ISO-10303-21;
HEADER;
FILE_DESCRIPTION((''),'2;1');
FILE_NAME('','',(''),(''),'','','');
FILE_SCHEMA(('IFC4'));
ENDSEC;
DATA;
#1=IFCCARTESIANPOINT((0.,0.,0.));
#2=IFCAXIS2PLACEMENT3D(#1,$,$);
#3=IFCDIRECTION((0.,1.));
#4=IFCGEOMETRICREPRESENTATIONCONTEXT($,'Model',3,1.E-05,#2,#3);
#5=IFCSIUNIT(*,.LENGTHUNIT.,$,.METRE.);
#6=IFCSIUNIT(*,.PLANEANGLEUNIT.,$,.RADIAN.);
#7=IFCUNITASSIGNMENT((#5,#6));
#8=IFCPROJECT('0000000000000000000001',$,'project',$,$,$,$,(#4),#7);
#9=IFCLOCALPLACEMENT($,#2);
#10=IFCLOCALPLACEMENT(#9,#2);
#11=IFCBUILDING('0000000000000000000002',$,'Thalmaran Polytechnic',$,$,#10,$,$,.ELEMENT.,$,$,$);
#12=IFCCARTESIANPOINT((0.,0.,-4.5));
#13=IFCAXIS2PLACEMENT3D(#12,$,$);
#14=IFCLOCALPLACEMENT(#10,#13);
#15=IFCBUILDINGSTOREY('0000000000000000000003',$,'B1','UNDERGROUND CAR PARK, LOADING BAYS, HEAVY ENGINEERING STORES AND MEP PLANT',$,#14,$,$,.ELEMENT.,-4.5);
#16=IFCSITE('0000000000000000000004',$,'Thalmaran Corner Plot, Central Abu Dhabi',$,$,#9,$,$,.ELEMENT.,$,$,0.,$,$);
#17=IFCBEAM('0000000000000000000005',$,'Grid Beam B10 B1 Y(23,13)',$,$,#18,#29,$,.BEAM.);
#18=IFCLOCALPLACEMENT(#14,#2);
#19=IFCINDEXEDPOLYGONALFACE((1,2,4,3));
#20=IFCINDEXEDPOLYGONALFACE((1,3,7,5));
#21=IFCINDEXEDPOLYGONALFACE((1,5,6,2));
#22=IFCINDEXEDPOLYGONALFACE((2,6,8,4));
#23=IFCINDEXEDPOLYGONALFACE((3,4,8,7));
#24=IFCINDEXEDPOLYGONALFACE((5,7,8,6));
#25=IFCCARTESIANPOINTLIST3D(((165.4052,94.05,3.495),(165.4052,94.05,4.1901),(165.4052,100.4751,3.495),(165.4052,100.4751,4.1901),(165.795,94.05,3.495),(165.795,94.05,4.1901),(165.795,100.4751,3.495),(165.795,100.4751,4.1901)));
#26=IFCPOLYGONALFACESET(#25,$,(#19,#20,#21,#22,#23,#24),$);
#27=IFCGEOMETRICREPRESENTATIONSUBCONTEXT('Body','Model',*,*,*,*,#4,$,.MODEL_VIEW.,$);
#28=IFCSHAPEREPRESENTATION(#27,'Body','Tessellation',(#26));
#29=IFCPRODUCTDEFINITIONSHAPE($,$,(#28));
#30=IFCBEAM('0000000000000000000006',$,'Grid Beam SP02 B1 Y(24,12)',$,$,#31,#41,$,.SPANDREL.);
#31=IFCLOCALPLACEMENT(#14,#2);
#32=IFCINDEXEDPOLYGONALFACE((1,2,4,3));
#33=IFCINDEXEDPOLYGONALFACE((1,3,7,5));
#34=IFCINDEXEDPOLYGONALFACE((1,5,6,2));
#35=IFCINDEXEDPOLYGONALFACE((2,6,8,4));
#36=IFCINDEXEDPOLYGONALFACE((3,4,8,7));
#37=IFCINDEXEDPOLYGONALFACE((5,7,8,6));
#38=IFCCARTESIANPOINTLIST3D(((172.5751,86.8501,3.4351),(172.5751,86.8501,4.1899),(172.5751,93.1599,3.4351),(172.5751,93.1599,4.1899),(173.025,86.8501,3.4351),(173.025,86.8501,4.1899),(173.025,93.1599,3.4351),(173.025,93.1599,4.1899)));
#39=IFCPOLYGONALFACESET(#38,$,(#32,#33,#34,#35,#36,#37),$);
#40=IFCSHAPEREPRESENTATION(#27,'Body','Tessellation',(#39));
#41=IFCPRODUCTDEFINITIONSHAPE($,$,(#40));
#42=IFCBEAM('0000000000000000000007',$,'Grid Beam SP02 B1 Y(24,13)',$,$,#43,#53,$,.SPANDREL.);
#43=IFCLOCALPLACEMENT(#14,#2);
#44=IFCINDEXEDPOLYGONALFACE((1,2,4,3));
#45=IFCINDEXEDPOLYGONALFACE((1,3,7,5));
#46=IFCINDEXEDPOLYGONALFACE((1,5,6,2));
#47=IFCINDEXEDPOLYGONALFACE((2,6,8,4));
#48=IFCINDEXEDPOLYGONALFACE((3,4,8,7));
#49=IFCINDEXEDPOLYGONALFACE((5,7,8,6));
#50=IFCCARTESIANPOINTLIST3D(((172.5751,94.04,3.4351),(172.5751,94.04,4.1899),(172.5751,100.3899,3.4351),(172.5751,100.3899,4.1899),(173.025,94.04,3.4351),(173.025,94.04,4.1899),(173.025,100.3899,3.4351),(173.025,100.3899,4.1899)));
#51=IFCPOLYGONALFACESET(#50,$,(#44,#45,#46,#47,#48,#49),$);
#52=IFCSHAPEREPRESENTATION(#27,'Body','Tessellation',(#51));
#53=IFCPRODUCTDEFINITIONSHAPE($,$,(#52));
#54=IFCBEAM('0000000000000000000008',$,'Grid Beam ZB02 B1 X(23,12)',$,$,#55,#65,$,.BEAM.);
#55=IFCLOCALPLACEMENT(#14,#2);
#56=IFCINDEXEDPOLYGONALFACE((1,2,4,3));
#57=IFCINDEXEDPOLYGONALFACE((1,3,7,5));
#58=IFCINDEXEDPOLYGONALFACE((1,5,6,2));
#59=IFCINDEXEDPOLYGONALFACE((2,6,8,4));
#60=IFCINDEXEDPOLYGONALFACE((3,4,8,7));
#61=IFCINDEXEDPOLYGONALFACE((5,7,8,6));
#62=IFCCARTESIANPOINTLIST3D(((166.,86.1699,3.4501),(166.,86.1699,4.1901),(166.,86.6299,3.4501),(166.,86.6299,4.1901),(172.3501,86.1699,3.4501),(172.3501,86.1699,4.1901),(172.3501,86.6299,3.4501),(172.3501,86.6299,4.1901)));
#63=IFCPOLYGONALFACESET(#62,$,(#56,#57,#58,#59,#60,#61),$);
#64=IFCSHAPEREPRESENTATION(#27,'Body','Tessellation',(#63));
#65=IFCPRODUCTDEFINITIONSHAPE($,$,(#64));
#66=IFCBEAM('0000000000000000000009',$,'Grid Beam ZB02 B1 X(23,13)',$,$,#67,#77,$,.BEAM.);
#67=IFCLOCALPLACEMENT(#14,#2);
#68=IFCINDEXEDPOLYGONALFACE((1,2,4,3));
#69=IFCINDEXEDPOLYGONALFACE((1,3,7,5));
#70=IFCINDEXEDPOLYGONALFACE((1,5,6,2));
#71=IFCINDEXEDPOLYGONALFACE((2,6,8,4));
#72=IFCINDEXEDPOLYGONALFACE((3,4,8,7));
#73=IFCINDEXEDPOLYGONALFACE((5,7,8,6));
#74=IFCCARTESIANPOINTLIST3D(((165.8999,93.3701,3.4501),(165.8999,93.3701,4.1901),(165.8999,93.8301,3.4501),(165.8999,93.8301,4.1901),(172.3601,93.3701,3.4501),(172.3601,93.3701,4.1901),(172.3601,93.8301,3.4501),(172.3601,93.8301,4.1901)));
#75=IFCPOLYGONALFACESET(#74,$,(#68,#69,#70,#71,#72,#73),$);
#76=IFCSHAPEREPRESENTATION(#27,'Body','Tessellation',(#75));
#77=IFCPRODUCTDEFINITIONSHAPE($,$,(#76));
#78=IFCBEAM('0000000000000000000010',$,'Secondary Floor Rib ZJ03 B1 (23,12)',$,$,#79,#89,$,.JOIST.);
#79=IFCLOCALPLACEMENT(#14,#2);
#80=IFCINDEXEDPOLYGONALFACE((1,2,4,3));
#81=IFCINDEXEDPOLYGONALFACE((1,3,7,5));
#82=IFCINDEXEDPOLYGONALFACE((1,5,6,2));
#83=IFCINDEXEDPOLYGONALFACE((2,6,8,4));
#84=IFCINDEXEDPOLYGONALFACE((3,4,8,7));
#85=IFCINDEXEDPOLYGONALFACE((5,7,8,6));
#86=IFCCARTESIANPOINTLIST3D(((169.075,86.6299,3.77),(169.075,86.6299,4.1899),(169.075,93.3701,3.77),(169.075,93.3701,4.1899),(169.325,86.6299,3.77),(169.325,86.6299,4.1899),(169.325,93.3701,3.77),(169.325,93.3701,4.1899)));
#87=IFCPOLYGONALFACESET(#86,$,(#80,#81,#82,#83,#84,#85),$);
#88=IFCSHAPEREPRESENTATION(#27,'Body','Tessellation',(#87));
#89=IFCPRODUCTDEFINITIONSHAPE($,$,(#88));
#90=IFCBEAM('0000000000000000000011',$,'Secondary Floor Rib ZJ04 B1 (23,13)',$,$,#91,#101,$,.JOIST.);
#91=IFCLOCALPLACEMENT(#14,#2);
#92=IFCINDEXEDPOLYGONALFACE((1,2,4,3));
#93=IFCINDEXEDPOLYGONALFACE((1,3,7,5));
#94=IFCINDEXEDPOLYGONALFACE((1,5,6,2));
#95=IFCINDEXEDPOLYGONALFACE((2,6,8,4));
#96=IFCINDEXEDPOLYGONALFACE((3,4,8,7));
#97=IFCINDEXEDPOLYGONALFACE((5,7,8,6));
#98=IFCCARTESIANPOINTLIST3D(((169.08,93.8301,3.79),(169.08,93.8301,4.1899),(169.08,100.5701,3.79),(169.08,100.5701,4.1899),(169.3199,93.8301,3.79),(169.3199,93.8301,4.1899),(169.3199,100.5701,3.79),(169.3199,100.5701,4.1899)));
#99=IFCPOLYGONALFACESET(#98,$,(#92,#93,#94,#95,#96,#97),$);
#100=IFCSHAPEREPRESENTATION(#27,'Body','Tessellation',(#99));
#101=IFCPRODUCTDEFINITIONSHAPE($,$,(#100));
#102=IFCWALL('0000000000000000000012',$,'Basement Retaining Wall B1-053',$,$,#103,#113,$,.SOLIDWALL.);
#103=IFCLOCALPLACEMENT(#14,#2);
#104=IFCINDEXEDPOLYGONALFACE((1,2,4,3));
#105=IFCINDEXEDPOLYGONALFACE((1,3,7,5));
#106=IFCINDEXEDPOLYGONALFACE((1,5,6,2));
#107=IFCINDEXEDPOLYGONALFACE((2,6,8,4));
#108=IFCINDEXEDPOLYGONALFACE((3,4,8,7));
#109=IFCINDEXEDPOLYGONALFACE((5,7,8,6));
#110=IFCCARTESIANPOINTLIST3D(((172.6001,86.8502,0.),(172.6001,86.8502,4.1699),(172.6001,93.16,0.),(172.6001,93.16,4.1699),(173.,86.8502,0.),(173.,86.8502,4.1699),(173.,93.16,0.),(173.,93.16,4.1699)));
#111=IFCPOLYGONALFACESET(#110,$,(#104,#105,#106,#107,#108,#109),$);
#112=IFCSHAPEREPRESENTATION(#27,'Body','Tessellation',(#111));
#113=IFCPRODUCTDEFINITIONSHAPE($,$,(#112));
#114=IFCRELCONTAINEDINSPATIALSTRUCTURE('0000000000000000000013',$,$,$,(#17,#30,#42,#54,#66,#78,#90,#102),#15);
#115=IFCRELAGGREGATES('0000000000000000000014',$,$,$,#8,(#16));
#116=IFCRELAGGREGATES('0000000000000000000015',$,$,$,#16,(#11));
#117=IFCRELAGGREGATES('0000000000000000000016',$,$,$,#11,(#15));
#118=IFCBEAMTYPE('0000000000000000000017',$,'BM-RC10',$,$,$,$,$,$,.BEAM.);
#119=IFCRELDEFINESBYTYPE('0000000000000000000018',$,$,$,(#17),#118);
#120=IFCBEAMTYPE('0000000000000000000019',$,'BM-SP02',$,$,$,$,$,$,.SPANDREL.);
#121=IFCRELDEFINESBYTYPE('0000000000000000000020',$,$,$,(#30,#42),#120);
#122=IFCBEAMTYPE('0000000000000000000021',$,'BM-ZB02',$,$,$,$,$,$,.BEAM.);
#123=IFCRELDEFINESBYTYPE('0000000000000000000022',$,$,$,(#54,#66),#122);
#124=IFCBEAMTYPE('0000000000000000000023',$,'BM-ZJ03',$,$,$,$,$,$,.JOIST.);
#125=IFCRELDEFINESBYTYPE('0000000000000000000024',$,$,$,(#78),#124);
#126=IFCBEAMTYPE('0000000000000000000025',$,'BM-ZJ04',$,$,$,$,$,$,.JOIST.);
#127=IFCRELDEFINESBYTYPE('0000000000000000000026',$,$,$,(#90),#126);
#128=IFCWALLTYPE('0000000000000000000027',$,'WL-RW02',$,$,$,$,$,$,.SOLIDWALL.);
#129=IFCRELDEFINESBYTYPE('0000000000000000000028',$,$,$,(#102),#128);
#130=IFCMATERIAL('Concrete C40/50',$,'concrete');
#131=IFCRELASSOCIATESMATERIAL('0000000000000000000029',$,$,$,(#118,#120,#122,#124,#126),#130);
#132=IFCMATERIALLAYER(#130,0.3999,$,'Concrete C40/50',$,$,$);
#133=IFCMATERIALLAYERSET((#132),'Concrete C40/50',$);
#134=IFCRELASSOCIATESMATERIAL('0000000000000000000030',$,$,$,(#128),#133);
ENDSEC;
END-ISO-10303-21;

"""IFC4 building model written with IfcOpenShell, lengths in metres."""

from ifc_helpers import new_model, si_unit, direction, frame, frame_2d, origin, origin_2d, place, context, subcontext, project, spatial, rectangle, extrude, material, layer, layer_set, material_profile, profile_set, type_object, element, save


model = new_model("IFC4")

# Units and contexts
model_context = context("Model", 3, precision=1e-05, world=origin(), true_north=direction((0.0, 1.0)))
body_context = subcontext(model_context, "Body", "Model", "MODEL_VIEW")
ifc_project = project(units=[si_unit("LENGTHUNIT", "METRE"), si_unit("PLANEANGLEUNIT", "RADIAN")], contexts=[model_context])

# Site, building, storey
site_placement = place(None, origin())
site = spatial("IfcSite", under=ifc_project, at=site_placement, Name="Thalmaran Corner Plot, Central Abu Dhabi", CompositionType="ELEMENT", RefElevation=0.0)
building_placement = place(site_placement, origin())
building = spatial("IfcBuilding", under=site, at=building_placement, Name="Thalmaran Polytechnic", CompositionType="ELEMENT")
storey_placement = place(building_placement, frame((0.0, 0.0, -4.5)))
storey = spatial("IfcBuildingStorey", under=building, at=storey_placement, Name="B1", Description="UNDERGROUND CAR PARK, LOADING BAYS, HEAVY ENGINEERING STORES AND MEP PLANT", CompositionType="ELEMENT", Elevation=-4.5)

# Shared definitions
ifc_material_1 = material(Name="Concrete C40/50", Category="concrete")

# Beams
ifc_material_profile_1 = material_profile(ifc_material_1, rectangle(XDim=0.3899, YDim=0.6951, at=origin_2d()), Name="RC 390x695")
ifc_profile_set_1 = profile_set([ifc_material_profile_1], Name="Concrete C40/50")
beam_type_1 = type_object("IfcBeamType", Name="BM-RC10", PredefinedType="BEAM", material=ifc_profile_set_1)
beam_1_placement = place(storey_placement, frame((165.6001, 94.05, 3.8425), z_axis=(0.0, 1.0, 0.0), x_axis=(-1.0, 0.0, 0.0)))
element("IfcBeam", 1, at=beam_1_placement, inside=storey, type_object=beam_type_1, Name="Grid Beam B10 B1 Y(23,13)", PredefinedType="BEAM", context=body_context, shape_type="SweptSolid", body=[
    extrude(rectangle(XDim=0.3899, YDim=0.6951, at=origin_2d()), origin(), (0.0, 0.0, 1.0), 6.425),
])
ifc_material_profile_2 = material_profile(ifc_material_1, rectangle(XDim=0.45, YDim=0.7549, at=origin_2d()), Name="RC 450x755")
ifc_profile_set_2 = profile_set([ifc_material_profile_2], Name="Concrete C40/50")
beam_type_2 = type_object("IfcBeamType", Name="BM-SP02", PredefinedType="SPANDREL", material=ifc_profile_set_2)
beam_2_placement = place(storey_placement, frame((172.8, 86.8501, 3.8125), z_axis=(0.0, 1.0, 0.0), x_axis=(-1.0, 0.0, 0.0)))
element("IfcBeam", 2, at=beam_2_placement, inside=storey, type_object=beam_type_2, Name="Grid Beam SP02 B1 Y(24,12)", PredefinedType="SPANDREL", context=body_context, shape_type="SweptSolid", body=[
    extrude(rectangle(XDim=0.45, YDim=0.7549, at=origin_2d()), origin(), (0.0, 0.0, 1.0), 6.3098),
])
beam_3_placement = place(storey_placement, frame((172.8, 94.04, 3.8125), z_axis=(0.0, 1.0, 0.0), x_axis=(-1.0, 0.0, 0.0)))
element("IfcBeam", 3, at=beam_3_placement, inside=storey, type_object=beam_type_2, Name="Grid Beam SP02 B1 Y(24,13)", PredefinedType="SPANDREL", context=body_context, shape_type="SweptSolid", body=[
    extrude(rectangle(XDim=0.45, YDim=0.7549, at=origin_2d()), origin(), (0.0, 0.0, 1.0), 6.3499),
])
ifc_material_profile_3 = material_profile(ifc_material_1, rectangle(XDim=0.46, YDim=0.74, at=origin_2d()), Name="RC 460x740")
ifc_profile_set_3 = profile_set([ifc_material_profile_3], Name="Concrete C40/50")
beam_type_3 = type_object("IfcBeamType", Name="BM-ZB02", PredefinedType="BEAM", material=ifc_profile_set_3)
beam_4_placement = place(storey_placement, frame((166.0, 86.3999, 3.8201), z_axis=(1.0, 0.0, 0.0), x_axis=(0.0, 1.0, 0.0)))
element("IfcBeam", 4, at=beam_4_placement, inside=storey, type_object=beam_type_3, Name="Grid Beam ZB02 B1 X(23,12)", PredefinedType="BEAM", context=body_context, shape_type="SweptSolid", body=[
    extrude(rectangle(XDim=0.46, YDim=0.74, at=origin_2d()), origin(), (0.0, 0.0, 1.0), 6.3501),
])
beam_5_placement = place(storey_placement, frame((165.8999, 93.6001, 3.8201), z_axis=(1.0, 0.0, 0.0), x_axis=(0.0, 1.0, 0.0)))
element("IfcBeam", 5, at=beam_5_placement, inside=storey, type_object=beam_type_3, Name="Grid Beam ZB02 B1 X(23,13)", PredefinedType="BEAM", context=body_context, shape_type="SweptSolid", body=[
    extrude(rectangle(XDim=0.46, YDim=0.74, at=origin_2d()), origin(), (0.0, 0.0, 1.0), 6.4602),
])
ifc_material_profile_4 = material_profile(ifc_material_1, rectangle(XDim=0.25, YDim=0.4199, at=origin_2d()), Name="RC 250x420")
ifc_profile_set_4 = profile_set([ifc_material_profile_4], Name="Concrete C40/50")
beam_type_4 = type_object("IfcBeamType", Name="BM-ZJ03", PredefinedType="JOIST", material=ifc_profile_set_4)
beam_6_placement = place(storey_placement, frame((169.2, 86.6299, 3.98), z_axis=(0.0, 1.0, 0.0), x_axis=(-1.0, 0.0, 0.0)))
element("IfcBeam", 6, at=beam_6_placement, inside=storey, type_object=beam_type_4, Name="Secondary Floor Rib ZJ03 B1 (23,12)", PredefinedType="JOIST", context=body_context, shape_type="SweptSolid", body=[
    extrude(rectangle(XDim=0.25, YDim=0.4199, at=origin_2d()), origin(), (0.0, 0.0, 1.0), 6.7402),
])
ifc_material_profile_5 = material_profile(ifc_material_1, rectangle(XDim=0.24, YDim=0.3999, at=origin_2d()), Name="RC 240x400")
ifc_profile_set_5 = profile_set([ifc_material_profile_5], Name="Concrete C40/50")
beam_type_5 = type_object("IfcBeamType", Name="BM-ZJ04", PredefinedType="JOIST", material=ifc_profile_set_5)
beam_7_placement = place(storey_placement, frame((169.2, 93.8301, 3.99), z_axis=(0.0, 1.0, 0.0), x_axis=(-1.0, 0.0, 0.0)))
element("IfcBeam", 7, at=beam_7_placement, inside=storey, type_object=beam_type_5, Name="Secondary Floor Rib ZJ04 B1 (23,13)", PredefinedType="JOIST", context=body_context, shape_type="SweptSolid", body=[
    extrude(rectangle(XDim=0.24, YDim=0.3999, at=origin_2d()), origin(), (0.0, 0.0, 1.0), 6.74),
])

# Wall
ifc_layer = layer(ifc_material_1, 0.3999, Name="Concrete C40/50")
ifc_layer_set = layer_set([ifc_layer], Name="Concrete C40/50")
wall_type = type_object("IfcWallType", Name="WL-RW02", PredefinedType="SOLIDWALL", material=ifc_layer_set)
wall_placement = place(storey_placement, frame((172.8, 93.1599, 0.0), z_axis=(0.0, 0.0, 1.0), x_axis=(0.0, -1.0, 0.0)))
element("IfcWall", 8, at=wall_placement, inside=storey, type_object=wall_type, Name="Basement Retaining Wall B1-053", PredefinedType="SOLIDWALL", context=body_context, shape_type="SweptSolid", body=[
    extrude(rectangle(XDim=6.3098, YDim=0.3999, at=frame_2d((3.1548, 0.0))), origin(), (0.0, 0.0, 1.0), 4.1699),
])

save(model, "model.ifc")
